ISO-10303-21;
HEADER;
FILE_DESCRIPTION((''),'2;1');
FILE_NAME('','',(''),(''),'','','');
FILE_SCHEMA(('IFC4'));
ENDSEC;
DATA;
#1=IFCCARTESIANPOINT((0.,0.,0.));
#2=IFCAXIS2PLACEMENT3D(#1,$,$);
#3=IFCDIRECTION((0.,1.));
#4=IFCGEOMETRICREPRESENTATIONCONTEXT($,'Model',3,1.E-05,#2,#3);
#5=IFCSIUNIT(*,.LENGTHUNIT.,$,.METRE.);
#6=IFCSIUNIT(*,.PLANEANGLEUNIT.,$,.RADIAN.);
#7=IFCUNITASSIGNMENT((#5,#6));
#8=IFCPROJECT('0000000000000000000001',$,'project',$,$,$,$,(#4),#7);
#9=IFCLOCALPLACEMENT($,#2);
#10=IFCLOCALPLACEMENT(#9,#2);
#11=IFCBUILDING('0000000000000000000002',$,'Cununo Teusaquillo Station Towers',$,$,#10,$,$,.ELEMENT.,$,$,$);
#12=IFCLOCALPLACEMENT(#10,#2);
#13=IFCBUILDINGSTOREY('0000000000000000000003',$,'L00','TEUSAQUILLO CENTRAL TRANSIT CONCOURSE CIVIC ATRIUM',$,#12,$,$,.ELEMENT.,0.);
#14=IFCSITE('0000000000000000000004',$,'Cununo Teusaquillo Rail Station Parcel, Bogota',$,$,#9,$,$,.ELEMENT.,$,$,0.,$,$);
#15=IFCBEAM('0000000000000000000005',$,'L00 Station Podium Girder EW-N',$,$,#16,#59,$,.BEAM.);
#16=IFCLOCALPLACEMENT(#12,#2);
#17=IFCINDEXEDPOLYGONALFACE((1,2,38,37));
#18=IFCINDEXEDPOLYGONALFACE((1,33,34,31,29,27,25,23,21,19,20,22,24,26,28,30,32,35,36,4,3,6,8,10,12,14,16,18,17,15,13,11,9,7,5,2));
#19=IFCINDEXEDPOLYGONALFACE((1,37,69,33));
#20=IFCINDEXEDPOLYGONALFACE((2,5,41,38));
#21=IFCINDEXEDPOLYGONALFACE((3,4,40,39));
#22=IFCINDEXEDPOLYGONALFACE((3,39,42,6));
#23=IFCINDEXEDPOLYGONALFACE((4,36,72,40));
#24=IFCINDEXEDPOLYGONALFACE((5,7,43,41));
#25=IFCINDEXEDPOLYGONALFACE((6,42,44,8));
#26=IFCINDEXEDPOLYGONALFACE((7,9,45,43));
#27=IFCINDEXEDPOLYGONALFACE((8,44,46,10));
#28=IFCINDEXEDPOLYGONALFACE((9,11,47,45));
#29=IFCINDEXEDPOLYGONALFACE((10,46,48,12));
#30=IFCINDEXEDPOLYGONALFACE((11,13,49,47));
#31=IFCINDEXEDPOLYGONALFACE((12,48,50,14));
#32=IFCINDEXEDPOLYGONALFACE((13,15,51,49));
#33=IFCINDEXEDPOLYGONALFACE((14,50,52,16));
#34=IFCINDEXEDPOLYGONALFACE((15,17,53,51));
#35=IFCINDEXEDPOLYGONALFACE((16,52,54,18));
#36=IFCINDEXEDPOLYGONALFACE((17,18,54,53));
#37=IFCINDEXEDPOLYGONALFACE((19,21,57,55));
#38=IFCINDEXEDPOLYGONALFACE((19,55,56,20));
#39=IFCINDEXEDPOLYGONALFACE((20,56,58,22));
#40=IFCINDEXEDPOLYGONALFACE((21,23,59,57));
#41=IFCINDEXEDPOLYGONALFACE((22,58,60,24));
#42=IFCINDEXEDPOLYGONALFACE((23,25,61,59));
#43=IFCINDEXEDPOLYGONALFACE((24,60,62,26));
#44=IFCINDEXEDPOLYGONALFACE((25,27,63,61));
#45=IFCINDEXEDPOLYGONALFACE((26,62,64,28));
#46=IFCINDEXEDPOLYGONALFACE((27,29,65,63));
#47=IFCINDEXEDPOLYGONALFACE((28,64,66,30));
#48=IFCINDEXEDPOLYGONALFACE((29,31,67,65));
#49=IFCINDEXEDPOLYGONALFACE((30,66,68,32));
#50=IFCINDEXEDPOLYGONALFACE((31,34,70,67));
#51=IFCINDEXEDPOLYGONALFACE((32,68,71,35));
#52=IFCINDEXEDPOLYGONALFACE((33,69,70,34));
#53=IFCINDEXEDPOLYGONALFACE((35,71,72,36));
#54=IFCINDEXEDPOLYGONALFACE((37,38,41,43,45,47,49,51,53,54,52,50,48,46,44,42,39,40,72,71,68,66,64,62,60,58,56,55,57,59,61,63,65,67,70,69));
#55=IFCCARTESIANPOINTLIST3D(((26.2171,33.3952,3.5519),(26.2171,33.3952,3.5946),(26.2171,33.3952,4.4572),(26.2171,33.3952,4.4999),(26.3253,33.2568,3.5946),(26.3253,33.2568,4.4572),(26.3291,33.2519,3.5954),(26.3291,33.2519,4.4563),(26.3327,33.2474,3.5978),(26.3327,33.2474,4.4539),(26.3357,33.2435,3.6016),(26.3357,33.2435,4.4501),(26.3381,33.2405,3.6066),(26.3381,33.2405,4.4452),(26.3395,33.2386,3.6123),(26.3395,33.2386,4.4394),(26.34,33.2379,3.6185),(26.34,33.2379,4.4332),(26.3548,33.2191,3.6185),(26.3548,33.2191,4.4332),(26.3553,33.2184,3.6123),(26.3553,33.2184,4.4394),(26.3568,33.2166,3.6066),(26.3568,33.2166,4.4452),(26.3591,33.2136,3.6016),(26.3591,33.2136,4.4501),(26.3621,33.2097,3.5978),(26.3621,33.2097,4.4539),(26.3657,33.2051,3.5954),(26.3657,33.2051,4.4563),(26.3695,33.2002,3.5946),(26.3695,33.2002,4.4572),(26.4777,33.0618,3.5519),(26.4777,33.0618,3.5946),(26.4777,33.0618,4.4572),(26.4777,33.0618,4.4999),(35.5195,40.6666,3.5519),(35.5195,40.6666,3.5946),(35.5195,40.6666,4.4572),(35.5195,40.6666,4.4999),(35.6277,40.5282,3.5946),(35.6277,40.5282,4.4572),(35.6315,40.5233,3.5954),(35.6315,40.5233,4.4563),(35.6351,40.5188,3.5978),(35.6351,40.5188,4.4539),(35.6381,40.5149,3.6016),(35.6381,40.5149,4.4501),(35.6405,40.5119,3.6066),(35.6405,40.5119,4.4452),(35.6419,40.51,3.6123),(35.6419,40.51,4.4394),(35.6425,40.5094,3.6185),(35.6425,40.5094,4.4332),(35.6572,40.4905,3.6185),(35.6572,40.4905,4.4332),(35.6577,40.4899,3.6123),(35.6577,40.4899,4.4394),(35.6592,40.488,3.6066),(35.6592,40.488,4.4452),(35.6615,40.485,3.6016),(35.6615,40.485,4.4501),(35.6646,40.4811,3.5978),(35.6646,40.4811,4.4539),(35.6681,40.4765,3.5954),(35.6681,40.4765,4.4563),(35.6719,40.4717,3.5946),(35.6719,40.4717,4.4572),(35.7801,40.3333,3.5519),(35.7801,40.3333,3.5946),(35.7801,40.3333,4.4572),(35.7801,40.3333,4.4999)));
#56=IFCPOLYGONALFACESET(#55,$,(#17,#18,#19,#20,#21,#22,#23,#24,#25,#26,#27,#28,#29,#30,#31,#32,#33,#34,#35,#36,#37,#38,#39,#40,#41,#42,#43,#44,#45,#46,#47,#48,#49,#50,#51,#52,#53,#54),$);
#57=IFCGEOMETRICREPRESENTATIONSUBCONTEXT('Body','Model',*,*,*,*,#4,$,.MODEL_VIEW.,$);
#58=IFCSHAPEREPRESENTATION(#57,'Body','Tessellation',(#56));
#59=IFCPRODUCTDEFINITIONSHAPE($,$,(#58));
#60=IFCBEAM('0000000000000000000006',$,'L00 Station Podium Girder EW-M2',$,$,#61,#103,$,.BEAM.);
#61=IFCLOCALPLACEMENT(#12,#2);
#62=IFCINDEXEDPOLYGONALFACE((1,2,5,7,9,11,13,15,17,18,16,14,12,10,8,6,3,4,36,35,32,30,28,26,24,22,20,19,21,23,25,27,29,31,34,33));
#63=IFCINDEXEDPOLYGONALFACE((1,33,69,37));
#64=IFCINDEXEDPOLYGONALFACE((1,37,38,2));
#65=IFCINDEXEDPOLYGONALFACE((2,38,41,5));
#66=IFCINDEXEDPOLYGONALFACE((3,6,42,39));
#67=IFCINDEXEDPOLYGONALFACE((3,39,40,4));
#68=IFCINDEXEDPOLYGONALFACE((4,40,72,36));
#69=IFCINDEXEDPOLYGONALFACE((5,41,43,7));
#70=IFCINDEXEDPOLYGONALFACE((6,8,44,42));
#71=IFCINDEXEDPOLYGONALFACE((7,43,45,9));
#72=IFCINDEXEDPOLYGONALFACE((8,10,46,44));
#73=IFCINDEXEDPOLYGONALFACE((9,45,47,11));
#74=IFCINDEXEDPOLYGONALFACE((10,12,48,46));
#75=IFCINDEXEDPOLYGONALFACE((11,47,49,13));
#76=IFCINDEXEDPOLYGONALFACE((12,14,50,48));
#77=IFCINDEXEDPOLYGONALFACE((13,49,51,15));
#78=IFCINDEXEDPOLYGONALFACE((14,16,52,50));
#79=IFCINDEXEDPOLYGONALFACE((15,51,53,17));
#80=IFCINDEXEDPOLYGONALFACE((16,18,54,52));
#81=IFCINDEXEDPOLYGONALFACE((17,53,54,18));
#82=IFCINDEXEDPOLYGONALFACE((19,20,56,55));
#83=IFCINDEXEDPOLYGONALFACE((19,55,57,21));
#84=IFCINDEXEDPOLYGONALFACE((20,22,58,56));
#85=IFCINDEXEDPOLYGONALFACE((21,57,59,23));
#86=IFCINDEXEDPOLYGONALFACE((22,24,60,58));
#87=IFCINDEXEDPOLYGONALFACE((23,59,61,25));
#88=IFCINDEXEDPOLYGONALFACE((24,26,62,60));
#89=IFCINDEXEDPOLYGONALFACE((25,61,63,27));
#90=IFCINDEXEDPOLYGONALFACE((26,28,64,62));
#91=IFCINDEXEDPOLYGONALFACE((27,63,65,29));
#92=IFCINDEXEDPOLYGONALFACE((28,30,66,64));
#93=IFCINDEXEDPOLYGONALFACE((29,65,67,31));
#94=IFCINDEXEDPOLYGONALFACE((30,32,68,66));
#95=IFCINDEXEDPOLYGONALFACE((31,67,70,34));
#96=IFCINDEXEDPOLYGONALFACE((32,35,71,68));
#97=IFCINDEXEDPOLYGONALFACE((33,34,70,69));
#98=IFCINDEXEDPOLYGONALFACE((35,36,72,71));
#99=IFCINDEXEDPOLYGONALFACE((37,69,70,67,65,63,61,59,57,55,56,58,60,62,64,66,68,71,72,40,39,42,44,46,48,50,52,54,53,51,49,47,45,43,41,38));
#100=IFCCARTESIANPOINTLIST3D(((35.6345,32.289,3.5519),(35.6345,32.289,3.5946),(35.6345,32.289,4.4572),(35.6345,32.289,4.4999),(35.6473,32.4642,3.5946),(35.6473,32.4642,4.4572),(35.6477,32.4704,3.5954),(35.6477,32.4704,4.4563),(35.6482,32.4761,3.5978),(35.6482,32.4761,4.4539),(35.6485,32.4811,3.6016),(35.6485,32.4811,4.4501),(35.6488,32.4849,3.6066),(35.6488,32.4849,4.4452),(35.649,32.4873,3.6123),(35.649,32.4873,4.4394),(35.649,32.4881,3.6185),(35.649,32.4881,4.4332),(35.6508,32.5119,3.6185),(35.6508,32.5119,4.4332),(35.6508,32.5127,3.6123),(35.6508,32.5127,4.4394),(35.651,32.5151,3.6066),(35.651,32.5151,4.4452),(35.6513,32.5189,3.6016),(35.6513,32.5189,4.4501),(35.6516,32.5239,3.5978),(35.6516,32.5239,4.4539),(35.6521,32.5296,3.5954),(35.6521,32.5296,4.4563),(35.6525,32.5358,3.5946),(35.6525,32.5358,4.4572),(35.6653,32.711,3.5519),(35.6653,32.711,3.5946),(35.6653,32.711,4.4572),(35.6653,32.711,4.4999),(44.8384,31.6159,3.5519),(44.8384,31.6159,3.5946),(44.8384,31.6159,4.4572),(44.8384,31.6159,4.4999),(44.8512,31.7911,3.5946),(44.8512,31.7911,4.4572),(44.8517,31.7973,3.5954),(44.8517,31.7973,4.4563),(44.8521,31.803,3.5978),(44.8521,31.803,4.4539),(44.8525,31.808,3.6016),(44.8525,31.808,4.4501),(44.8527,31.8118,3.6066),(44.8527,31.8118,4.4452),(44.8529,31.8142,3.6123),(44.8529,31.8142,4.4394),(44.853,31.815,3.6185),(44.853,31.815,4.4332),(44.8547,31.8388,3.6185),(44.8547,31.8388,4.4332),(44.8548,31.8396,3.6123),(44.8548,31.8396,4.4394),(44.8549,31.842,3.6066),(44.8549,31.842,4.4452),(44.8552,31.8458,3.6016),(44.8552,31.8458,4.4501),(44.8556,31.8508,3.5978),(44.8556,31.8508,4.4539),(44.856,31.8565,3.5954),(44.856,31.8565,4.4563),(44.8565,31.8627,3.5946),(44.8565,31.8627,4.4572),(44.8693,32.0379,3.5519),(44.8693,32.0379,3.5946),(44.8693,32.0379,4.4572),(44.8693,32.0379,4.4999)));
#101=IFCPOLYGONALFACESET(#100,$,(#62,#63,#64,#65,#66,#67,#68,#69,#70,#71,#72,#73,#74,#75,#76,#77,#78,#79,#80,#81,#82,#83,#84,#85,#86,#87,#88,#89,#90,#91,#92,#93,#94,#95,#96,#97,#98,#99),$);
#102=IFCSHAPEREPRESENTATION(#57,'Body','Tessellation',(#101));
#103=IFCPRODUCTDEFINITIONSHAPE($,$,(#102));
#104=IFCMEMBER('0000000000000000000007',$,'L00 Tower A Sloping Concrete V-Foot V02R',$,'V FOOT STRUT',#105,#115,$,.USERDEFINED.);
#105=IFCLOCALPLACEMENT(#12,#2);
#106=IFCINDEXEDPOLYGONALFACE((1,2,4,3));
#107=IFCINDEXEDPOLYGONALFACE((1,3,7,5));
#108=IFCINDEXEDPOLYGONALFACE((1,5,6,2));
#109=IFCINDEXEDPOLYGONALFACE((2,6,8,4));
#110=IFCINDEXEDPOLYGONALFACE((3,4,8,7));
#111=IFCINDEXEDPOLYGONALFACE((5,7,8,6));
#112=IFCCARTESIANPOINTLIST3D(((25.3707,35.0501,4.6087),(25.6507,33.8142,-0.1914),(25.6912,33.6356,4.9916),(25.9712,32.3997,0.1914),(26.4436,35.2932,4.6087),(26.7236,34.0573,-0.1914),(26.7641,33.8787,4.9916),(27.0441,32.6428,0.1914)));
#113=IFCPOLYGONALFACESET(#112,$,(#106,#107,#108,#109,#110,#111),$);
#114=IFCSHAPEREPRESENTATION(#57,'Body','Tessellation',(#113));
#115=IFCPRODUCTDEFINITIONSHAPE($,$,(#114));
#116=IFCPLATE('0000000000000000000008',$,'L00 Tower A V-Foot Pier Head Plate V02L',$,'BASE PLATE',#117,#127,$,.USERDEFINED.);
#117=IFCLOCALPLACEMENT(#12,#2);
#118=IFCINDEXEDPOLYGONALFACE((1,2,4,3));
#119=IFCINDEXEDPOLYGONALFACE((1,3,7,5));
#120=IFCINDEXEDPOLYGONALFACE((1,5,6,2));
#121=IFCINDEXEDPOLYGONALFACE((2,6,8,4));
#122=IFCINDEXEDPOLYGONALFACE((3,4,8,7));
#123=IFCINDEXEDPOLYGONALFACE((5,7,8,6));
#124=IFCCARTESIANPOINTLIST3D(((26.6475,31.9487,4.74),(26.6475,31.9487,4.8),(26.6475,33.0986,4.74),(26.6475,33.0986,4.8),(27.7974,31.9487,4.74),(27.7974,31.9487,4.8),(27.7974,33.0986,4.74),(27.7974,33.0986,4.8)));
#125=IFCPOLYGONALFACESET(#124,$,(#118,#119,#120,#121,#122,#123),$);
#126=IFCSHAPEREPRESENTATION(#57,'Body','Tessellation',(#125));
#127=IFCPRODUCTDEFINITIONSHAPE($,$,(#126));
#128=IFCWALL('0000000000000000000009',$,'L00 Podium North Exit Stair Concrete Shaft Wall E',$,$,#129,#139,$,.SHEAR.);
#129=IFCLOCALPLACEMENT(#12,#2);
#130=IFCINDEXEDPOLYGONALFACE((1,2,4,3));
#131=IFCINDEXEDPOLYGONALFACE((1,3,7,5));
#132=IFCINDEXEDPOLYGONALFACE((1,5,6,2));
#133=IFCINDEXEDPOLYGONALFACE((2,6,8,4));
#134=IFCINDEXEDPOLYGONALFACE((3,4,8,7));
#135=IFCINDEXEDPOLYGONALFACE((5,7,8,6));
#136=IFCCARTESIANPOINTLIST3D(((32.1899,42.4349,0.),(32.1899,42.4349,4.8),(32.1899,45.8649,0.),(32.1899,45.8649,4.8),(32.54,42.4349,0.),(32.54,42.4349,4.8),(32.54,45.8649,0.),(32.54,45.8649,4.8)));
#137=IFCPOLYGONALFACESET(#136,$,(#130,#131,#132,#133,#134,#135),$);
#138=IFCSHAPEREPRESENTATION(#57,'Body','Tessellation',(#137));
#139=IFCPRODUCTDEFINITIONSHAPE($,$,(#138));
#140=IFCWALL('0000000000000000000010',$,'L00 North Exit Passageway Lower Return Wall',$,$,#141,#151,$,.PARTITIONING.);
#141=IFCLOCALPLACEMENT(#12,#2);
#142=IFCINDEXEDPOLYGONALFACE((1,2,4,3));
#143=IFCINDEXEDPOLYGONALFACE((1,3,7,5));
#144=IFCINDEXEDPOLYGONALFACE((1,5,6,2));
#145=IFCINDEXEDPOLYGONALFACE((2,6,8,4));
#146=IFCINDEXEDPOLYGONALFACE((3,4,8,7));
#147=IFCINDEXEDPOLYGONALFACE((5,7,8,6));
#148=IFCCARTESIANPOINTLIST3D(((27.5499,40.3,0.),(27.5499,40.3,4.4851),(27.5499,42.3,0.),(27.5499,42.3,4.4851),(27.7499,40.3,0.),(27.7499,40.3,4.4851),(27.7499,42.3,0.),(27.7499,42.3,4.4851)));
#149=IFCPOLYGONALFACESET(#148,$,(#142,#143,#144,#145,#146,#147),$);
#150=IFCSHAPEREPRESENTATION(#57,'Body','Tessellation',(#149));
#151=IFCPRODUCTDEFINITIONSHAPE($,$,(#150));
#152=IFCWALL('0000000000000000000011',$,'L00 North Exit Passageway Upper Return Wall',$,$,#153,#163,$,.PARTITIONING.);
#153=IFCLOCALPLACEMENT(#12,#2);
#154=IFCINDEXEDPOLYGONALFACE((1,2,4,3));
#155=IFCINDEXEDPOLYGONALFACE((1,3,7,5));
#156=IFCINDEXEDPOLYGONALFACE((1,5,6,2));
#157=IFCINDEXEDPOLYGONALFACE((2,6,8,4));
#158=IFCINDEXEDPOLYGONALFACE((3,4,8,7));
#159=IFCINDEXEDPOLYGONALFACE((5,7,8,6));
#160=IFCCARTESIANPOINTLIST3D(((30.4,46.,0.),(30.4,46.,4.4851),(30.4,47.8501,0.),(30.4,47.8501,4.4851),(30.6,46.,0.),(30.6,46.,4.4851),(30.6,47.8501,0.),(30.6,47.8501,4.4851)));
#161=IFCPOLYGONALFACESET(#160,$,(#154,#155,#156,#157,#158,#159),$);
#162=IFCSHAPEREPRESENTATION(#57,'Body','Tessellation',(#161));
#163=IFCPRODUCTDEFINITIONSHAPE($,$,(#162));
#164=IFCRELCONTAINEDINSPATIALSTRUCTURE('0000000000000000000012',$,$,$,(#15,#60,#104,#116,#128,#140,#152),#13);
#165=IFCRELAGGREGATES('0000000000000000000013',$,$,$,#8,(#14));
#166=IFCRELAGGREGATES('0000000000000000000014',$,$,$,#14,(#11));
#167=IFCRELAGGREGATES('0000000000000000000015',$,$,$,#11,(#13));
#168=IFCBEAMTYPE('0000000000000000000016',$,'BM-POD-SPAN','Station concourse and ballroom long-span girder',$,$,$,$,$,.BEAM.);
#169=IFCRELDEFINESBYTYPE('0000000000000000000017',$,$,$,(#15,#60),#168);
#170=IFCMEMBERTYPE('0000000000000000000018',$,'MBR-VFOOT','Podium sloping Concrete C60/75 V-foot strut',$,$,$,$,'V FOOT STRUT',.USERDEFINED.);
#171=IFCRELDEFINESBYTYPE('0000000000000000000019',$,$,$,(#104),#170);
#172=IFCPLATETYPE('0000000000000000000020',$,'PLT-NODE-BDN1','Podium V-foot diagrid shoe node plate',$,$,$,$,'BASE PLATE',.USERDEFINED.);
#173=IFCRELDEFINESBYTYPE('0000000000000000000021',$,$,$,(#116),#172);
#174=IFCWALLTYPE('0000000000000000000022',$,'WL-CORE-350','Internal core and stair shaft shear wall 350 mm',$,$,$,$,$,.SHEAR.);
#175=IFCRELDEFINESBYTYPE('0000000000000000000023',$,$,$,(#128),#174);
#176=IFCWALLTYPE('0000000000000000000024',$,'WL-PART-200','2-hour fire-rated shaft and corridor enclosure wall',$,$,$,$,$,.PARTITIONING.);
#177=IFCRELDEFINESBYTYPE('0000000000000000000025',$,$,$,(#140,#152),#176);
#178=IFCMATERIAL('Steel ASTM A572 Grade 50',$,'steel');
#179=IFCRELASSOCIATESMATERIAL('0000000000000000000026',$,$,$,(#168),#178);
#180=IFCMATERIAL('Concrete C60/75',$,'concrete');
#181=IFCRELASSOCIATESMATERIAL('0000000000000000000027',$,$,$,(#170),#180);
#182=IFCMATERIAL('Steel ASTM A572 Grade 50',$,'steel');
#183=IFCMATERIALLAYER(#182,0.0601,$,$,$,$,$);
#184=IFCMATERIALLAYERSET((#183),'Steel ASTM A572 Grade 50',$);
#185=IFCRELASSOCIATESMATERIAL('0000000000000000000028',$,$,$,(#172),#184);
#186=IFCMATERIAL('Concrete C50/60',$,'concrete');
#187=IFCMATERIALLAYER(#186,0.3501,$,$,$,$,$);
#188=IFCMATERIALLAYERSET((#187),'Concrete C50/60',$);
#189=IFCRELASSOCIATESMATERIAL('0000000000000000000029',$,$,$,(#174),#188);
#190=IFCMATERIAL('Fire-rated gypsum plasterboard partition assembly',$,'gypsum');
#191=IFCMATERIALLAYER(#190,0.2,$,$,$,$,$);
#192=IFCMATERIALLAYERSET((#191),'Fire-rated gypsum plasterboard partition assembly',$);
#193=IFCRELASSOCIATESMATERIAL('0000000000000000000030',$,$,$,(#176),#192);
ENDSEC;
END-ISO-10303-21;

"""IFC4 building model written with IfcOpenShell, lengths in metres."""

from ifc_helpers import new_model, si_unit, direction, frame, frame_2d, origin, origin_2d, place, context, subcontext, project, spatial, rectangle, i_section, extrude, source, transform, mapped, material, layer, layer_set, material_profile, profile_set, type_object, element, save


model = new_model("IFC4")

# Units and contexts
model_context = context("Model", 3, precision=1e-05, world=origin(), true_north=direction((0.0, 1.0)))
body_context = subcontext(model_context, "Body", "Model", "MODEL_VIEW")
ifc_project = project(units=[si_unit("LENGTHUNIT", "METRE"), si_unit("PLANEANGLEUNIT", "RADIAN")], contexts=[model_context])

# Site, building, storey
site_placement = place(None, origin())
site = spatial("IfcSite", under=ifc_project, at=site_placement, Name="Cununo Teusaquillo Rail Station Parcel, Bogota", CompositionType="ELEMENT", RefElevation=0.0)
building_placement = place(site_placement, origin())
building = spatial("IfcBuilding", under=site, at=building_placement, Name="Cununo Teusaquillo Station Towers", CompositionType="ELEMENT")
storey_placement = place(building_placement, origin())
storey = spatial("IfcBuildingStorey", under=building, at=storey_placement, Name="L00", Description="TEUSAQUILLO CENTRAL TRANSIT CONCOURSE CIVIC ATRIUM", CompositionType="ELEMENT", Elevation=0.0)

# Beams
ifc_material_1 = material(Name="Steel ASTM A572 Grade 50", Category="steel")
ifc_material_profile_1 = material_profile(ifc_material_1, i_section(OverallWidth=0.4231, OverallDepth=0.948, WebThickness=0.0239, FlangeThickness=0.0427, FilletRadius=0.0239, at=origin_2d()), Name="W36X302")
ifc_profile_set_1 = profile_set([ifc_material_profile_1], Name="Steel ASTM A572 Grade 50")
beam_type_1 = type_object("IfcBeamType", Name="BM-POD-SPAN", Description="Station concourse and ballroom long-span girder", PredefinedType="BEAM", material=ifc_profile_set_1)
beam_1_placement = place(storey_placement, frame((26.3474, 33.2285, 4.0259), z_axis=(0.787864, 0.61585, 0.0), x_axis=(-0.61585, 0.787864, 0.0)))
element("IfcBeam", 1, at=beam_1_placement, inside=storey, type_object=beam_type_1, Name="L00 Station Podium Girder EW-N", PredefinedType="BEAM", context=body_context, shape_type="SweptSolid", body=[
    extrude(i_section(OverallWidth=0.4231, OverallDepth=0.948, WebThickness=0.0239, FlangeThickness=0.0427, FilletRadius=0.0239, at=origin_2d()), origin(), (0.0, 0.0, 1.0), 11.8071),
])
beam_2_placement = place(storey_placement, frame((35.6499, 32.5, 4.0259), z_axis=(0.997337, -0.072937, 0.0), x_axis=(0.072937, 0.997337, 0.0)))
element("IfcBeam", 2, at=beam_2_placement, inside=storey, type_object=beam_type_1, Name="L00 Station Podium Girder EW-M2", PredefinedType="BEAM", context=body_context, shape_type="SweptSolid", body=[
    extrude(i_section(OverallWidth=0.4231, OverallDepth=0.948, WebThickness=0.0239, FlangeThickness=0.0427, FilletRadius=0.0239, at=origin_2d()), origin(), (0.0, 0.0, 1.0), 9.2285),
])

# Member
ifc_material_2 = material(Name="Concrete C60/75", Category="concrete")
ifc_material_profile_2 = material_profile(ifc_material_2, rectangle(XDim=1.1001, YDim=1.5, at=origin_2d()), Name="RC-RECT-1500x1100")
ifc_profile_set_2 = profile_set([ifc_material_profile_2], Name="Concrete C60/75")
member_type = type_object("IfcMemberType", Name="MBR-VFOOT", Description="Podium sloping Concrete C60/75 V-foot strut", ElementType="V FOOT STRUT", PredefinedType="USERDEFINED", material=ifc_profile_set_2)
member_placement = place(storey_placement, frame((26.3474, 33.2285, 0.0), z_axis=(-0.056406, 0.248936, 0.966876), x_axis=(-0.975276, -0.220988, 0.0)))
element("IfcMember", 3, at=member_placement, inside=storey, type_object=member_type, Name="L00 Tower A Sloping Concrete V-Foot V02R", ObjectType="V FOOT STRUT", PredefinedType="USERDEFINED", context=body_context, shape_type="SweptSolid", body=[
    extrude(rectangle(XDim=1.1001, YDim=1.5, at=origin_2d()), origin(), (0.0, 0.0, 1.0), 4.9646),
])

# Plate
ifc_material_3 = material(Name="Steel ASTM A572 Grade 50", Category="steel")
ifc_layer_1 = layer(ifc_material_3, 0.0601)
ifc_layer_set_1 = layer_set([ifc_layer_1], Name="Steel ASTM A572 Grade 50")
plate_type = type_object("IfcPlateType", Name="PLT-NODE-BDN1", Description="Podium V-foot diagrid shoe node plate", ElementType="BASE PLATE", PredefinedType="USERDEFINED", material=ifc_layer_set_1)
shared_shape = source(origin(), body_context, "Body", "SweptSolid", [
    extrude(rectangle(XDim=1.1499, YDim=1.1499, at=origin_2d()), origin(), (0.0, 0.0, 1.0), 0.0601),
])
plate_placement = place(storey_placement, frame((27.2224, 32.5237, 4.74), z_axis=(0.0, 0.0, 1.0), x_axis=(1.0, 0.0, 0.0)))
element("IfcPlate", 4, at=plate_placement, inside=storey, type_object=plate_type, Name="L00 Tower A V-Foot Pier Head Plate V02L", ObjectType="BASE PLATE", PredefinedType="USERDEFINED", context=body_context, shape_type="MappedRepresentation", body=[
    mapped(shared_shape, transform((0.0, 0.0, 0.0), x_axis=(1.0, 0.0, 0.0), y_axis=(0.0, 1.0, 0.0), z_axis=(0.0, 0.0, 1.0), scale=1.0)),
])

# Walls
ifc_material_4 = material(Name="Concrete C50/60", Category="concrete")
ifc_layer_2 = layer(ifc_material_4, 0.3501)
ifc_layer_set_2 = layer_set([ifc_layer_2], Name="Concrete C50/60")
wall_type_1 = type_object("IfcWallType", Name="WL-CORE-350", Description="Internal core and stair shaft shear wall 350 mm", PredefinedType="SHEAR", material=ifc_layer_set_2)
wall_1_placement = place(storey_placement, frame((32.365, 42.4351, 0.0), z_axis=(0.0, 0.0, 1.0), x_axis=(0.0, 1.0, 0.0)))
element("IfcWall", 5, at=wall_1_placement, inside=storey, type_object=wall_type_1, Name="L00 Podium North Exit Stair Concrete Shaft Wall E", PredefinedType="SHEAR", context=body_context, shape_type="SweptSolid", body=[
    extrude(rectangle(XDim=3.4299, YDim=0.3501, at=frame_2d((1.7148, 0.0))), origin(), (0.0, 0.0, 1.0), 4.8),
])
ifc_material_5 = material(Name="Fire-rated gypsum plasterboard partition assembly", Category="gypsum")
ifc_layer_3 = layer(ifc_material_5, 0.2)
ifc_layer_set_3 = layer_set([ifc_layer_3], Name="Fire-rated gypsum plasterboard partition assembly")
wall_type_2 = type_object("IfcWallType", Name="WL-PART-200", Description="2-hour fire-rated shaft and corridor enclosure wall", PredefinedType="PARTITIONING", material=ifc_layer_set_3)
wall_2_placement = place(storey_placement, frame((27.6499, 40.3, 0.0), z_axis=(0.0, 0.0, 1.0), x_axis=(0.0, 1.0, 0.0)))
element("IfcWall", 6, at=wall_2_placement, inside=storey, type_object=wall_type_2, Name="L00 North Exit Passageway Lower Return Wall", PredefinedType="PARTITIONING", context=body_context, shape_type="SweptSolid", body=[
    extrude(rectangle(XDim=2.0, YDim=0.2, at=frame_2d((1.0, 0.0))), origin(), (0.0, 0.0, 1.0), 4.4851),
])
wall_3_placement = place(storey_placement, frame((30.5, 46.0, 0.0), z_axis=(0.0, 0.0, 1.0), x_axis=(0.0, 1.0, 0.0)))
element("IfcWall", 7, at=wall_3_placement, inside=storey, type_object=wall_type_2, Name="L00 North Exit Passageway Upper Return Wall", PredefinedType="PARTITIONING", context=body_context, shape_type="SweptSolid", body=[
    extrude(rectangle(XDim=1.8501, YDim=0.2, at=frame_2d((0.925, 0.0))), origin(), (0.0, 0.0, 1.0), 4.4851),
])

save(model, "model.ifc")
